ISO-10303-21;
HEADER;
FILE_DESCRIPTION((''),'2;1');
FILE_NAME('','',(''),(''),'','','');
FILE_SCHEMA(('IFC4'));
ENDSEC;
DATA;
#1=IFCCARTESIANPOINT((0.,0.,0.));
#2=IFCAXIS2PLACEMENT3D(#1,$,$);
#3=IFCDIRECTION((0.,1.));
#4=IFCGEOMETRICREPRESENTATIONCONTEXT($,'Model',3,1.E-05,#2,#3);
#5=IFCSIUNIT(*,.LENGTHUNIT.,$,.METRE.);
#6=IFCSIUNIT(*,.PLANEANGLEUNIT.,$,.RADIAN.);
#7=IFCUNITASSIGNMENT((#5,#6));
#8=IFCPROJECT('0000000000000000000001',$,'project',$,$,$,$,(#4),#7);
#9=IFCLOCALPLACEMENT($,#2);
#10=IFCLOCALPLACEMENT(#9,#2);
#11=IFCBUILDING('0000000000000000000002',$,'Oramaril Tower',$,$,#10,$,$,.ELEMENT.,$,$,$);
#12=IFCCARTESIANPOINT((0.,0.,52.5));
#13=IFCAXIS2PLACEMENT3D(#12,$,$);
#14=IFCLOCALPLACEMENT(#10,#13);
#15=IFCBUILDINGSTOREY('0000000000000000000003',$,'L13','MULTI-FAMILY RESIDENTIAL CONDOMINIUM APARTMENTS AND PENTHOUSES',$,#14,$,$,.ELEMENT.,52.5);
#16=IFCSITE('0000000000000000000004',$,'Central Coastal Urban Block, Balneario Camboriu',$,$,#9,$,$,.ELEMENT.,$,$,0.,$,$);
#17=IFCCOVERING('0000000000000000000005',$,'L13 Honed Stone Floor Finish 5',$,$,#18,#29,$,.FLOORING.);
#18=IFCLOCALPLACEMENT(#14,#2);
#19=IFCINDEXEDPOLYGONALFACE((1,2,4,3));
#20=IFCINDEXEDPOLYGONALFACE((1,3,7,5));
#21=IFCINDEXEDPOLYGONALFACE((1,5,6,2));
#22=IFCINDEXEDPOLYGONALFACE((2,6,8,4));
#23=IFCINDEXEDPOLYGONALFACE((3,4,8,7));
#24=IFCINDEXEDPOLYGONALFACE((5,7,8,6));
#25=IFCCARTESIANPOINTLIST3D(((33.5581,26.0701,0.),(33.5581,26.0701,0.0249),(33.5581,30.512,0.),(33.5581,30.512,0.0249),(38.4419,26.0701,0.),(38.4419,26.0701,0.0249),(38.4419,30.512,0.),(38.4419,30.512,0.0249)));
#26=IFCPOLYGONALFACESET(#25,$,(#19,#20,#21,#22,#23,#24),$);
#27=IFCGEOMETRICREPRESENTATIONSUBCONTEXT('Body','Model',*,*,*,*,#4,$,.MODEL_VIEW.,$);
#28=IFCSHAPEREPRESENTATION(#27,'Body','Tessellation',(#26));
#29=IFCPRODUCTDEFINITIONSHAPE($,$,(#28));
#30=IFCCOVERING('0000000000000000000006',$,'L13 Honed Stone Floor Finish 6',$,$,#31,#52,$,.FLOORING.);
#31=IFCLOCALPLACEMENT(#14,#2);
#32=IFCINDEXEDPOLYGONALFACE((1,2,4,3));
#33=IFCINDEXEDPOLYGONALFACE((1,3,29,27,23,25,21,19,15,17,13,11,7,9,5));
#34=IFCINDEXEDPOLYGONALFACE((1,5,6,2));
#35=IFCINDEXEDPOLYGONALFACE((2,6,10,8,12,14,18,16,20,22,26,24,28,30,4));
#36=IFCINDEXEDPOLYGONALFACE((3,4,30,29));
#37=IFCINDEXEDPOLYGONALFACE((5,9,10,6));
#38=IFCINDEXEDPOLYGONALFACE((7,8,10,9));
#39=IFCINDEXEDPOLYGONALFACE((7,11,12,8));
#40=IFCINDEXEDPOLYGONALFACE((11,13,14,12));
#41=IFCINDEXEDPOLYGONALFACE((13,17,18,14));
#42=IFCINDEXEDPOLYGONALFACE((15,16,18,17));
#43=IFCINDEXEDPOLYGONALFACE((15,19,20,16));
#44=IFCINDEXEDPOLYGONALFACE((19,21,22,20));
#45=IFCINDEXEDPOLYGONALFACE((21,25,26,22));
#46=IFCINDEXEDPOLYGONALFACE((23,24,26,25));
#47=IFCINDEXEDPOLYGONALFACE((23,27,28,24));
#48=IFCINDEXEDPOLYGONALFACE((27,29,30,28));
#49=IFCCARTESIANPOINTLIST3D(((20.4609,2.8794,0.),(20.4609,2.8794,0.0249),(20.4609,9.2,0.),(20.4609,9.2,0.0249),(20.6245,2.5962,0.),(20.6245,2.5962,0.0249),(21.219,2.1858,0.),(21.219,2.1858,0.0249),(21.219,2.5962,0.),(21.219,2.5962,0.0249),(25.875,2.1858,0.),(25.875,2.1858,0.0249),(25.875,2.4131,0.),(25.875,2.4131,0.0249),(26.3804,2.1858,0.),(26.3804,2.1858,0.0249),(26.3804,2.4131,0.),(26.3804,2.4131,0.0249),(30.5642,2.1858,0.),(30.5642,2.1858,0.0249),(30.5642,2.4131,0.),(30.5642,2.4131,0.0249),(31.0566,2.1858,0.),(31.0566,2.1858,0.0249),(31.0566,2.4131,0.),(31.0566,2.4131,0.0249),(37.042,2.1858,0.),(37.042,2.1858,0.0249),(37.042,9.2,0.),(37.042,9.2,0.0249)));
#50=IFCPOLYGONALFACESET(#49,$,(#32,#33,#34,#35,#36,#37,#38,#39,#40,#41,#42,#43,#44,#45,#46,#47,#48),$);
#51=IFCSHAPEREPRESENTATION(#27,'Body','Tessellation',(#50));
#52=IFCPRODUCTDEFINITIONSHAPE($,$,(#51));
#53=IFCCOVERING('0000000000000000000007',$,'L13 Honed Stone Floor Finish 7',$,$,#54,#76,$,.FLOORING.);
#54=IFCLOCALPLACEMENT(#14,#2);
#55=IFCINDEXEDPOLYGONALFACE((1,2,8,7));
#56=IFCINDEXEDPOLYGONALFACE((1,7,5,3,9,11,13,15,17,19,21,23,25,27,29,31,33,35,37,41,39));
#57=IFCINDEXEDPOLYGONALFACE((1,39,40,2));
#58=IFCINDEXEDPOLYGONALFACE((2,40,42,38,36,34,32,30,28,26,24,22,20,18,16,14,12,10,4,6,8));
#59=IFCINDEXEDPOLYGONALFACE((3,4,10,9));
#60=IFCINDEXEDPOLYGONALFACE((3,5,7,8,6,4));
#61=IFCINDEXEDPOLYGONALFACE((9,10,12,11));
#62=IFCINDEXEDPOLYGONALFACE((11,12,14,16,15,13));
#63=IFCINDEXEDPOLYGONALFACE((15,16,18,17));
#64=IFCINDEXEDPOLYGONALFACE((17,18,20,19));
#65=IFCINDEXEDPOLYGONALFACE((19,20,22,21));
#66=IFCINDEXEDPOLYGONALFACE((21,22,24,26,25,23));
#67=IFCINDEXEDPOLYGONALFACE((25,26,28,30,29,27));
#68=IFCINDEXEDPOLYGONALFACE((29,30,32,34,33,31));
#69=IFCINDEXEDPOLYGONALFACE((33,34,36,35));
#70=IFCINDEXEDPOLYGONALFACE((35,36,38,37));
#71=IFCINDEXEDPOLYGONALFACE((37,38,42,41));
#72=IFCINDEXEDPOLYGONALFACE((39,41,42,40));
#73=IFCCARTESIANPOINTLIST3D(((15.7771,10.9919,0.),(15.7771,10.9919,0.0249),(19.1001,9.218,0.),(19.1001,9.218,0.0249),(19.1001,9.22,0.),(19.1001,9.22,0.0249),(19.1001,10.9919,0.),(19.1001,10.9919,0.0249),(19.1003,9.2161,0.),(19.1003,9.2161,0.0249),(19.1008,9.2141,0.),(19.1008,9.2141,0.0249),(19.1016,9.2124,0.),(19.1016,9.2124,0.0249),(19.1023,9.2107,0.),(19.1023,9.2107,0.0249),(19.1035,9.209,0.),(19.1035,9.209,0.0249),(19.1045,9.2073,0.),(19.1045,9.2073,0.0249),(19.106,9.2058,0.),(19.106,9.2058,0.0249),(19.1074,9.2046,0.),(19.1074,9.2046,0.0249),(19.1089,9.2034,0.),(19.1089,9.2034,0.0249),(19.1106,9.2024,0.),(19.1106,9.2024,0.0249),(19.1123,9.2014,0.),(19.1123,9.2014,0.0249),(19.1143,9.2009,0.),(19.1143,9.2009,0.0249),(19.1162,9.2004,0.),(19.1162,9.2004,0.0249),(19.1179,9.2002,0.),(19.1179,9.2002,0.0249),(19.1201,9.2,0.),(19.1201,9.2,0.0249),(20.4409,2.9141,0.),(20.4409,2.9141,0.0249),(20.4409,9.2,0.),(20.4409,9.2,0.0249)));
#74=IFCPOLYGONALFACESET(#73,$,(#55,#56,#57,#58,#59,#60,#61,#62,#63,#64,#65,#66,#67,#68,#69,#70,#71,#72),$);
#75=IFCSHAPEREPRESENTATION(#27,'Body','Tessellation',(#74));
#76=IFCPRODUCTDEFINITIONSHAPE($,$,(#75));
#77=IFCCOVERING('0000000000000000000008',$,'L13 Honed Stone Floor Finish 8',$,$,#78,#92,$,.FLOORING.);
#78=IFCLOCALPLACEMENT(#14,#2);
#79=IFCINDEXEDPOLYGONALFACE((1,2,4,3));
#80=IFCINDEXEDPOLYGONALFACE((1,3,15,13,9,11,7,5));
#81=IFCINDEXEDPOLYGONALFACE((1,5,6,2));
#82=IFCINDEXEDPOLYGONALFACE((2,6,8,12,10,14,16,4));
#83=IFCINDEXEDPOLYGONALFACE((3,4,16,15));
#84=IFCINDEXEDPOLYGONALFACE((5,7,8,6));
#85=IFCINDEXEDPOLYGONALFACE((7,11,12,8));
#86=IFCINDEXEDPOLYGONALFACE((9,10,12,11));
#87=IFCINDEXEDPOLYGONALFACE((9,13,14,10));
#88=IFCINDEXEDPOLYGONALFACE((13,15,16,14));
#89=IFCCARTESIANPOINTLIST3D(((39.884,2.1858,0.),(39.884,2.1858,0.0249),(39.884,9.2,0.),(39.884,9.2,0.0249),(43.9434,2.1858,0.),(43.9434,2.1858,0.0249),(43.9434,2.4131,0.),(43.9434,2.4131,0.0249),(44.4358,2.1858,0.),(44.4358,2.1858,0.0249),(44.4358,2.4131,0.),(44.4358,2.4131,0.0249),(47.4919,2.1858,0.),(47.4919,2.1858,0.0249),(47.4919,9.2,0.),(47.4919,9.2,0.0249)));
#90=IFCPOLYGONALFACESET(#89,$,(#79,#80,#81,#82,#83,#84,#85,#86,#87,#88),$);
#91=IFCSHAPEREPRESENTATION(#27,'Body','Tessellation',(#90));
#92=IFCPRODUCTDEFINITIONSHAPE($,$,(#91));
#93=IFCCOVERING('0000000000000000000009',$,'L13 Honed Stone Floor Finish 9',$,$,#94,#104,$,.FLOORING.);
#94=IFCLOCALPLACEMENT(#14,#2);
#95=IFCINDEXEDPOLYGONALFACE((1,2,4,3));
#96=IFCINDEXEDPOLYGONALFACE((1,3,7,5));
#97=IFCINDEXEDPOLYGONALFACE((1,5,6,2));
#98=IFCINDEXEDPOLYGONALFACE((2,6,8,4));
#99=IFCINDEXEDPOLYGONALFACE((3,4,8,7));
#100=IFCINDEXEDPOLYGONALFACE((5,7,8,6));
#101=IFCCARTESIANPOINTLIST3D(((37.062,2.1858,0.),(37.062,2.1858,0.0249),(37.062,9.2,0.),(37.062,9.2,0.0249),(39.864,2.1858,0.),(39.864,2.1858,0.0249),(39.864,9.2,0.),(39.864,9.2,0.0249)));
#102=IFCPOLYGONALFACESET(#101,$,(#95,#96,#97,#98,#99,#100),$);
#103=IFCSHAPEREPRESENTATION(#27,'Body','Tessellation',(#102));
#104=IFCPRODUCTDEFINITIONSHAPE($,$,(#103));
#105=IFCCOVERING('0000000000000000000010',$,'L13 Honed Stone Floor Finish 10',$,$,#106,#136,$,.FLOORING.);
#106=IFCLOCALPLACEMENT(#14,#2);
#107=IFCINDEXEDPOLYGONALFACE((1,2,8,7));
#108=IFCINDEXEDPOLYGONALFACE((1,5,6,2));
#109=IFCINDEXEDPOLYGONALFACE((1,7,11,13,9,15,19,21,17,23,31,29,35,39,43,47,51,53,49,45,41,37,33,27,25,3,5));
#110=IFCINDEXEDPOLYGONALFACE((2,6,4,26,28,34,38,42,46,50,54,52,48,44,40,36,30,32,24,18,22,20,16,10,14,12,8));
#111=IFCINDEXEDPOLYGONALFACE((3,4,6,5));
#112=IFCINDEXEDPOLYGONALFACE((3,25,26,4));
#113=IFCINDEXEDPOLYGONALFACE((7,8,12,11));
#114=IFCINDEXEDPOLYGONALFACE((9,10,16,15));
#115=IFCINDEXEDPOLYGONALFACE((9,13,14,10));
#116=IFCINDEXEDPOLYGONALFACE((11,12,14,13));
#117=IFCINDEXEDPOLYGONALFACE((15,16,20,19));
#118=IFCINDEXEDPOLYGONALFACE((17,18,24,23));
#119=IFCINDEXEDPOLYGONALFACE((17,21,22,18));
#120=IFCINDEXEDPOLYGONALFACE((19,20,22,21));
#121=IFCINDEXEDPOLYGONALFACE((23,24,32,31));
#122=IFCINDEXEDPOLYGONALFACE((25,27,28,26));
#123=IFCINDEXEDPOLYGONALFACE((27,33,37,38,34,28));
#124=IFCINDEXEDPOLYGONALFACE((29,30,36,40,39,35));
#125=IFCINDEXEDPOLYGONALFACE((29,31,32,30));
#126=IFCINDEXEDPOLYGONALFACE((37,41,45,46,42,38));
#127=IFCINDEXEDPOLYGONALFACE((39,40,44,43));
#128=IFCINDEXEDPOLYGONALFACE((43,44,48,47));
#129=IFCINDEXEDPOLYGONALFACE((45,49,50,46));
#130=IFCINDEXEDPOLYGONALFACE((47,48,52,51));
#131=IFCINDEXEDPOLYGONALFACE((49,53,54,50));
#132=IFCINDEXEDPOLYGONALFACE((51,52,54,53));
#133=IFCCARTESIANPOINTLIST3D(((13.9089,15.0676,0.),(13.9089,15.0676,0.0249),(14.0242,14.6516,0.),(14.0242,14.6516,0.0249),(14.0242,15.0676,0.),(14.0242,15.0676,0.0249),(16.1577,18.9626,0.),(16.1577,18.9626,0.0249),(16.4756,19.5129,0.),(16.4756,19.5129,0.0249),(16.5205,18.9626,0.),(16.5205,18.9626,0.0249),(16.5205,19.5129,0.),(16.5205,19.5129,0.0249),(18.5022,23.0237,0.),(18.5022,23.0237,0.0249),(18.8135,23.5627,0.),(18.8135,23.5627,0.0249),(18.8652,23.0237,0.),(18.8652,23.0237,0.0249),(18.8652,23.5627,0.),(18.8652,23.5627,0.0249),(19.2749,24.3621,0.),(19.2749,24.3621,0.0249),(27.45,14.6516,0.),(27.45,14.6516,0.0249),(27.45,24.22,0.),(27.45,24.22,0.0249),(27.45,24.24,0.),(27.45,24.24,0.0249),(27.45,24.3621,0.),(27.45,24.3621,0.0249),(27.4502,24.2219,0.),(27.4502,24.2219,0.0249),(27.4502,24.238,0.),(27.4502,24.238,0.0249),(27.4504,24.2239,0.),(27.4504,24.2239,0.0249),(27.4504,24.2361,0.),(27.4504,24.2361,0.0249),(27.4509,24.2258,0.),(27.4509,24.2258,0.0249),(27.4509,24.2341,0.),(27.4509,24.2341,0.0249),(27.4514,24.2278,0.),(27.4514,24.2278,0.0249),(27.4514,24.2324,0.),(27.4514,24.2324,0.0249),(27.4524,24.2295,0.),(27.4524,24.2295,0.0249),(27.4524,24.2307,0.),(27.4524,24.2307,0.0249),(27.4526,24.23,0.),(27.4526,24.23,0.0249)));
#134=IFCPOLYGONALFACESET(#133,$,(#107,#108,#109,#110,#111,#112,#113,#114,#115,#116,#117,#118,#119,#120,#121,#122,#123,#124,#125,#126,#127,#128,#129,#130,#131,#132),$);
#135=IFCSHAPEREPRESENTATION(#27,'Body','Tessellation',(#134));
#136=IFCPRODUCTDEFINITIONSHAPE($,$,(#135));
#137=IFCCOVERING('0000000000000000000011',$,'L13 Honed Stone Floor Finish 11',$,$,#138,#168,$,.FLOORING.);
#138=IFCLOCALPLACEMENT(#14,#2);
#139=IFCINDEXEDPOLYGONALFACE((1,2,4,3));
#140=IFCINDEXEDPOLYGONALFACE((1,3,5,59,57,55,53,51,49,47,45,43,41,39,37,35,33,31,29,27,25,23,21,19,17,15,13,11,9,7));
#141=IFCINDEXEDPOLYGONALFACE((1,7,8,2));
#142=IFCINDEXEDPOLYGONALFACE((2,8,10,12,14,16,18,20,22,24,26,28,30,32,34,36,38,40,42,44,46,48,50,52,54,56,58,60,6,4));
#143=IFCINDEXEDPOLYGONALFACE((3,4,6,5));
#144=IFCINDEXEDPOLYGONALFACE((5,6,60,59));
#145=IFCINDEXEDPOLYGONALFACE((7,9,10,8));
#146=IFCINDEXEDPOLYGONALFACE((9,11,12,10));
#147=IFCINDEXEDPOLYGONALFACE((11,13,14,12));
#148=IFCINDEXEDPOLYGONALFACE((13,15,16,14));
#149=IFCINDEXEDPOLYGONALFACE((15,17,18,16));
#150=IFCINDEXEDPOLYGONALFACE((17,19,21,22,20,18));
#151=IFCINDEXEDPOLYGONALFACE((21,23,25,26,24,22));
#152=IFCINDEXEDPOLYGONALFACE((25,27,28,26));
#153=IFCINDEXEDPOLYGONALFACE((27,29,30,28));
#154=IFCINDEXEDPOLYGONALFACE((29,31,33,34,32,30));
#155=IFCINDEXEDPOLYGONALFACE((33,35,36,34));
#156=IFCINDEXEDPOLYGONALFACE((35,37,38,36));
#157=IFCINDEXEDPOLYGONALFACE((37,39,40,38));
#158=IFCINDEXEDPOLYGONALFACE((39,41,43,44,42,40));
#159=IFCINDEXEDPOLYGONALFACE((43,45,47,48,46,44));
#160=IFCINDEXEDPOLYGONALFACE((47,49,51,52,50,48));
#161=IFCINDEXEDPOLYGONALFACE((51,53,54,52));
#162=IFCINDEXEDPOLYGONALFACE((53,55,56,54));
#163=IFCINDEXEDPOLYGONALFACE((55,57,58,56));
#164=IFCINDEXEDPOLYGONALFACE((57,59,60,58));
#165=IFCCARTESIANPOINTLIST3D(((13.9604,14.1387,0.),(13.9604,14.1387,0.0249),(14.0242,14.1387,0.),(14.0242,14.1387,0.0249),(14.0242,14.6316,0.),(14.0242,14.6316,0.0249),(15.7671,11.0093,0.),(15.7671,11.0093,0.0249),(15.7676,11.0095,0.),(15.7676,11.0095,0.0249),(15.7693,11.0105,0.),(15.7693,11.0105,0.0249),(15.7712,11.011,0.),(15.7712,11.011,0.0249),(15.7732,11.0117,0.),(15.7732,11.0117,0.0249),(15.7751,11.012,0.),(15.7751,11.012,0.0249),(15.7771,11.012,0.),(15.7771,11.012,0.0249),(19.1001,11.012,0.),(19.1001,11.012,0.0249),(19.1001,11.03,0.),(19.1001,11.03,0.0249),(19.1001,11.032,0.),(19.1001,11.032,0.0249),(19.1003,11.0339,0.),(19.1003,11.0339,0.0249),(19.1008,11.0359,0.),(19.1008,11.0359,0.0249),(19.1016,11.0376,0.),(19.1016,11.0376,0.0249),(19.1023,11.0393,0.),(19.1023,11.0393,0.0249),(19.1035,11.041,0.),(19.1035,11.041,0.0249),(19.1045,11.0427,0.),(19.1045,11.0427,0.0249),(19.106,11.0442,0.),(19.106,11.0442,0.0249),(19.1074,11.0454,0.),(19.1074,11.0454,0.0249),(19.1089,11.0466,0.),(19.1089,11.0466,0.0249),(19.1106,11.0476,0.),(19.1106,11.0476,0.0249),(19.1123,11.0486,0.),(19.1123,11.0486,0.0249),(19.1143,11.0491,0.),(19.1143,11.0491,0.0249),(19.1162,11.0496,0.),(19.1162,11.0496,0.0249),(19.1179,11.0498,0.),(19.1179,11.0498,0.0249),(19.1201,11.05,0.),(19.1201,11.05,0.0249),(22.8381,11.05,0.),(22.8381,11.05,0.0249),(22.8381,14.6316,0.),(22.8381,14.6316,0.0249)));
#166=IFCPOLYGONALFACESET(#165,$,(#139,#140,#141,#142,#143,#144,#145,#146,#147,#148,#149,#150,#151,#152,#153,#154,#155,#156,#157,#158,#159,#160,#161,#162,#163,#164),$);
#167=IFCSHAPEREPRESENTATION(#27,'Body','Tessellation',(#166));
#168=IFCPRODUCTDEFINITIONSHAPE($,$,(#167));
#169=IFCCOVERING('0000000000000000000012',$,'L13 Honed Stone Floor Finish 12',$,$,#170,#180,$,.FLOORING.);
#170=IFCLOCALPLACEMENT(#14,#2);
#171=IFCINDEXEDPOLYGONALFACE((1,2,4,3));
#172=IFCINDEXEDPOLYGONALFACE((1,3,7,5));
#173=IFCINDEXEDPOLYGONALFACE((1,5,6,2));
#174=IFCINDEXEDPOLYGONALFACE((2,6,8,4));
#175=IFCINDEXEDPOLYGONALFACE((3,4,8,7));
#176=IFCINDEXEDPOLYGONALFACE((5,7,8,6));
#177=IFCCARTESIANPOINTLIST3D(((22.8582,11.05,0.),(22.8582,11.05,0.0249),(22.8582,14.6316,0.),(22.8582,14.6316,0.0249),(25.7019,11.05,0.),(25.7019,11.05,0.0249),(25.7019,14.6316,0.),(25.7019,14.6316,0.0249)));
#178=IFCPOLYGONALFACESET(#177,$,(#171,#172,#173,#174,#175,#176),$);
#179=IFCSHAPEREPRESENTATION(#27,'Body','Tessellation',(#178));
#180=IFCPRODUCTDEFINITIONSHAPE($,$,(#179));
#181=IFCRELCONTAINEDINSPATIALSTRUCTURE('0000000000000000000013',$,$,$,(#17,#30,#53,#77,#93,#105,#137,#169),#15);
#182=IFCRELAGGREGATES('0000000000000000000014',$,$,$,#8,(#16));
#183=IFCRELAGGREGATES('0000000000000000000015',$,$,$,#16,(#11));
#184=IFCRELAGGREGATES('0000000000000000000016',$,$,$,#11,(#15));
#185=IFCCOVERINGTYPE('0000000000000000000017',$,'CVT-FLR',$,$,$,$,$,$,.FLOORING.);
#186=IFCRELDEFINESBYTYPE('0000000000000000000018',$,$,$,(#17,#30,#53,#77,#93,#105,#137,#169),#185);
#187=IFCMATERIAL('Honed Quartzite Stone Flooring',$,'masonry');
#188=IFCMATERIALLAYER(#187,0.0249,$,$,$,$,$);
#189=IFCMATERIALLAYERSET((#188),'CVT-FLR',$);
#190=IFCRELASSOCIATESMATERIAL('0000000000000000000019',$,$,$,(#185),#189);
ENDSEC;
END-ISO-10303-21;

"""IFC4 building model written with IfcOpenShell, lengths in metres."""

from ifc_helpers import new_model, si_unit, direction, frame, origin, place, context, subcontext, project, spatial, polyline, outline, extrude, material, layer, layer_set, type_object, element, save


model = new_model("IFC4")

# Units and contexts
model_context = context("Model", 3, precision=1e-05, world=origin(), true_north=direction((0.0, 1.0)))
body_context = subcontext(model_context, "Body", "Model", "MODEL_VIEW")
ifc_project = project(units=[si_unit("LENGTHUNIT", "METRE"), si_unit("PLANEANGLEUNIT", "RADIAN")], contexts=[model_context])

# Site, building, storey
site_placement = place(None, origin())
site = spatial("IfcSite", under=ifc_project, at=site_placement, Name="Central Coastal Urban Block, Balneario Camboriu", CompositionType="ELEMENT", RefElevation=0.0)
building_placement = place(site_placement, origin())
building = spatial("IfcBuilding", under=site, at=building_placement, Name="Oramaril Tower", CompositionType="ELEMENT")
storey_placement = place(building_placement, frame((0.0, 0.0, 52.5)))
storey = spatial("IfcBuildingStorey", under=building, at=storey_placement, Name="L13", Description="MULTI-FAMILY RESIDENTIAL CONDOMINIUM APARTMENTS AND PENTHOUSES", CompositionType="ELEMENT", Elevation=52.5)

# Coverings
ifc_material_1 = material(Name="Honed Quartzite Stone Flooring", Category="masonry")
ifc_layer_1 = layer(ifc_material_1, 0.0249)
ifc_layer_set_1 = layer_set([ifc_layer_1], Name="CVT-FLR")
covering_type_1 = type_object("IfcCoveringType", Name="CVT-FLR", PredefinedType="FLOORING", material=ifc_layer_set_1)
covering_1_placement = place(storey_placement, origin())
element("IfcCovering", 1, at=covering_1_placement, inside=storey, type_object=covering_type_1, Name="L13 Honed Stone Floor Finish 5", PredefinedType="FLOORING", context=body_context, shape_type="SweptSolid", body=[
    extrude(outline(polyline([(38.4419, 30.512), (38.4419, 26.0701), (33.5581, 26.0701), (33.5581, 30.512), (38.4419, 30.512)])), origin(), (0.0, 0.0, 1.0), 0.0249),
])
covering_2_placement = place(storey_placement, origin())
element("IfcCovering", 2, at=covering_2_placement, inside=storey, type_object=covering_type_1, Name="L13 Honed Stone Floor Finish 6", PredefinedType="FLOORING", context=body_context, shape_type="SweptSolid", body=[
    extrude(outline(polyline([(31.0566, 2.4131), (30.5642, 2.4131), (30.5642, 2.1858), (26.3804, 2.1858), (26.3804, 2.4131), (25.875, 2.4131), (25.875, 2.1858), (21.219, 2.1858), (21.219, 2.5962), (20.6245, 2.5962), (20.4609, 2.8794), (20.4609, 9.2), (37.042, 9.2), (37.042, 2.1858), (31.0566, 2.1858), (31.0566, 2.4131)])), origin(), (0.0, 0.0, 1.0), 0.0249),
])
covering_3_placement = place(storey_placement, origin())
element("IfcCovering", 3, at=covering_3_placement, inside=storey, type_object=covering_type_1, Name="L13 Honed Stone Floor Finish 7", PredefinedType="FLOORING", context=body_context, shape_type="SweptSolid", body=[
    extrude(outline(polyline([(15.7771, 10.9919), (19.1001, 10.9919), (19.1001, 9.22), (19.1001, 9.218), (19.1003, 9.2161), (19.1008, 9.2141), (19.1016, 9.2124), (19.1023, 9.2107), (19.1035, 9.209), (19.1045, 9.2073), (19.106, 9.2058), (19.1074, 9.2046), (19.1089, 9.2034), (19.1106, 9.2024), (19.1123, 9.2014), (19.1143, 9.2009), (19.1162, 9.2004), (19.1179, 9.2002), (19.1201, 9.2), (20.4409, 9.2), (20.4409, 2.9141), (15.7771, 10.9919)])), origin(), (0.0, 0.0, 1.0), 0.0249),
])
covering_4_placement = place(storey_placement, origin())
element("IfcCovering", 4, at=covering_4_placement, inside=storey, type_object=covering_type_1, Name="L13 Honed Stone Floor Finish 8", PredefinedType="FLOORING", context=body_context, shape_type="SweptSolid", body=[
    extrude(outline(polyline([(44.4358, 2.4131), (43.9434, 2.4131), (43.9434, 2.1858), (39.884, 2.1858), (39.884, 9.2), (47.4919, 9.2), (47.4919, 2.1858), (44.4358, 2.1858), (44.4358, 2.4131)])), origin(), (0.0, 0.0, 1.0), 0.0249),
])
covering_5_placement = place(storey_placement, origin())
element("IfcCovering", 5, at=covering_5_placement, inside=storey, type_object=covering_type_1, Name="L13 Honed Stone Floor Finish 9", PredefinedType="FLOORING", context=body_context, shape_type="SweptSolid", body=[
    extrude(outline(polyline([(37.062, 2.1858), (37.062, 9.2), (39.864, 9.2), (39.864, 2.1858), (37.062, 2.1858)])), origin(), (0.0, 0.0, 1.0), 0.0249),
])
covering_6_placement = place(storey_placement, origin())
element("IfcCovering", 6, at=covering_6_placement, inside=storey, type_object=covering_type_1, Name="L13 Honed Stone Floor Finish 10", PredefinedType="FLOORING", context=body_context, shape_type="SweptSolid", body=[
    extrude(outline(polyline([(14.0242, 14.6516), (14.0242, 15.0676), (13.9089, 15.0676), (16.1577, 18.9626), (16.5205, 18.9626), (16.5205, 19.5129), (16.4756, 19.5129), (18.5022, 23.0237), (18.8652, 23.0237), (18.8652, 23.5627), (18.8135, 23.5627), (19.2749, 24.3621), (27.45, 24.3621), (27.45, 24.24), (27.4502, 24.238), (27.4504, 24.2361), (27.4509, 24.2341), (27.4514, 24.2324), (27.4524, 24.2307), (27.4526, 24.23), (27.4524, 24.2295), (27.4514, 24.2278), (27.4509, 24.2258), (27.4504, 24.2239), (27.4502, 24.2219), (27.45, 24.22), (27.45, 14.6516), (14.0242, 14.6516)])), origin(), (0.0, 0.0, 1.0), 0.0249),
])
covering_7_placement = place(storey_placement, origin())
element("IfcCovering", 7, at=covering_7_placement, inside=storey, type_object=covering_type_1, Name="L13 Honed Stone Floor Finish 11", PredefinedType="FLOORING", context=body_context, shape_type="SweptSolid", body=[
    extrude(outline(polyline([(13.9604, 14.1387), (14.0242, 14.1387), (14.0242, 14.6316), (22.8381, 14.6316), (22.8381, 11.05), (19.1201, 11.05), (19.1179, 11.0498), (19.1162, 11.0496), (19.1143, 11.0491), (19.1123, 11.0486), (19.1106, 11.0476), (19.1089, 11.0466), (19.1074, 11.0454), (19.106, 11.0442), (19.1045, 11.0427), (19.1035, 11.041), (19.1023, 11.0393), (19.1016, 11.0376), (19.1008, 11.0359), (19.1003, 11.0339), (19.1001, 11.032), (19.1001, 11.03), (19.1001, 11.012), (15.7771, 11.012), (15.7751, 11.012), (15.7732, 11.0117), (15.7712, 11.011), (15.7693, 11.0105), (15.7676, 11.0095), (15.7671, 11.0093), (13.9604, 14.1387)])), origin(), (0.0, 0.0, 1.0), 0.0249),
])
covering_8_placement = place(storey_placement, origin())
element("IfcCovering", 8, at=covering_8_placement, inside=storey, type_object=covering_type_1, Name="L13 Honed Stone Floor Finish 12", PredefinedType="FLOORING", context=body_context, shape_type="SweptSolid", body=[
    extrude(outline(polyline([(25.7019, 11.05), (22.8582, 11.05), (22.8582, 14.6316), (25.7019, 14.6316), (25.7019, 11.05)])), origin(), (0.0, 0.0, 1.0), 0.0249),
])

save(model, "model.ifc")
